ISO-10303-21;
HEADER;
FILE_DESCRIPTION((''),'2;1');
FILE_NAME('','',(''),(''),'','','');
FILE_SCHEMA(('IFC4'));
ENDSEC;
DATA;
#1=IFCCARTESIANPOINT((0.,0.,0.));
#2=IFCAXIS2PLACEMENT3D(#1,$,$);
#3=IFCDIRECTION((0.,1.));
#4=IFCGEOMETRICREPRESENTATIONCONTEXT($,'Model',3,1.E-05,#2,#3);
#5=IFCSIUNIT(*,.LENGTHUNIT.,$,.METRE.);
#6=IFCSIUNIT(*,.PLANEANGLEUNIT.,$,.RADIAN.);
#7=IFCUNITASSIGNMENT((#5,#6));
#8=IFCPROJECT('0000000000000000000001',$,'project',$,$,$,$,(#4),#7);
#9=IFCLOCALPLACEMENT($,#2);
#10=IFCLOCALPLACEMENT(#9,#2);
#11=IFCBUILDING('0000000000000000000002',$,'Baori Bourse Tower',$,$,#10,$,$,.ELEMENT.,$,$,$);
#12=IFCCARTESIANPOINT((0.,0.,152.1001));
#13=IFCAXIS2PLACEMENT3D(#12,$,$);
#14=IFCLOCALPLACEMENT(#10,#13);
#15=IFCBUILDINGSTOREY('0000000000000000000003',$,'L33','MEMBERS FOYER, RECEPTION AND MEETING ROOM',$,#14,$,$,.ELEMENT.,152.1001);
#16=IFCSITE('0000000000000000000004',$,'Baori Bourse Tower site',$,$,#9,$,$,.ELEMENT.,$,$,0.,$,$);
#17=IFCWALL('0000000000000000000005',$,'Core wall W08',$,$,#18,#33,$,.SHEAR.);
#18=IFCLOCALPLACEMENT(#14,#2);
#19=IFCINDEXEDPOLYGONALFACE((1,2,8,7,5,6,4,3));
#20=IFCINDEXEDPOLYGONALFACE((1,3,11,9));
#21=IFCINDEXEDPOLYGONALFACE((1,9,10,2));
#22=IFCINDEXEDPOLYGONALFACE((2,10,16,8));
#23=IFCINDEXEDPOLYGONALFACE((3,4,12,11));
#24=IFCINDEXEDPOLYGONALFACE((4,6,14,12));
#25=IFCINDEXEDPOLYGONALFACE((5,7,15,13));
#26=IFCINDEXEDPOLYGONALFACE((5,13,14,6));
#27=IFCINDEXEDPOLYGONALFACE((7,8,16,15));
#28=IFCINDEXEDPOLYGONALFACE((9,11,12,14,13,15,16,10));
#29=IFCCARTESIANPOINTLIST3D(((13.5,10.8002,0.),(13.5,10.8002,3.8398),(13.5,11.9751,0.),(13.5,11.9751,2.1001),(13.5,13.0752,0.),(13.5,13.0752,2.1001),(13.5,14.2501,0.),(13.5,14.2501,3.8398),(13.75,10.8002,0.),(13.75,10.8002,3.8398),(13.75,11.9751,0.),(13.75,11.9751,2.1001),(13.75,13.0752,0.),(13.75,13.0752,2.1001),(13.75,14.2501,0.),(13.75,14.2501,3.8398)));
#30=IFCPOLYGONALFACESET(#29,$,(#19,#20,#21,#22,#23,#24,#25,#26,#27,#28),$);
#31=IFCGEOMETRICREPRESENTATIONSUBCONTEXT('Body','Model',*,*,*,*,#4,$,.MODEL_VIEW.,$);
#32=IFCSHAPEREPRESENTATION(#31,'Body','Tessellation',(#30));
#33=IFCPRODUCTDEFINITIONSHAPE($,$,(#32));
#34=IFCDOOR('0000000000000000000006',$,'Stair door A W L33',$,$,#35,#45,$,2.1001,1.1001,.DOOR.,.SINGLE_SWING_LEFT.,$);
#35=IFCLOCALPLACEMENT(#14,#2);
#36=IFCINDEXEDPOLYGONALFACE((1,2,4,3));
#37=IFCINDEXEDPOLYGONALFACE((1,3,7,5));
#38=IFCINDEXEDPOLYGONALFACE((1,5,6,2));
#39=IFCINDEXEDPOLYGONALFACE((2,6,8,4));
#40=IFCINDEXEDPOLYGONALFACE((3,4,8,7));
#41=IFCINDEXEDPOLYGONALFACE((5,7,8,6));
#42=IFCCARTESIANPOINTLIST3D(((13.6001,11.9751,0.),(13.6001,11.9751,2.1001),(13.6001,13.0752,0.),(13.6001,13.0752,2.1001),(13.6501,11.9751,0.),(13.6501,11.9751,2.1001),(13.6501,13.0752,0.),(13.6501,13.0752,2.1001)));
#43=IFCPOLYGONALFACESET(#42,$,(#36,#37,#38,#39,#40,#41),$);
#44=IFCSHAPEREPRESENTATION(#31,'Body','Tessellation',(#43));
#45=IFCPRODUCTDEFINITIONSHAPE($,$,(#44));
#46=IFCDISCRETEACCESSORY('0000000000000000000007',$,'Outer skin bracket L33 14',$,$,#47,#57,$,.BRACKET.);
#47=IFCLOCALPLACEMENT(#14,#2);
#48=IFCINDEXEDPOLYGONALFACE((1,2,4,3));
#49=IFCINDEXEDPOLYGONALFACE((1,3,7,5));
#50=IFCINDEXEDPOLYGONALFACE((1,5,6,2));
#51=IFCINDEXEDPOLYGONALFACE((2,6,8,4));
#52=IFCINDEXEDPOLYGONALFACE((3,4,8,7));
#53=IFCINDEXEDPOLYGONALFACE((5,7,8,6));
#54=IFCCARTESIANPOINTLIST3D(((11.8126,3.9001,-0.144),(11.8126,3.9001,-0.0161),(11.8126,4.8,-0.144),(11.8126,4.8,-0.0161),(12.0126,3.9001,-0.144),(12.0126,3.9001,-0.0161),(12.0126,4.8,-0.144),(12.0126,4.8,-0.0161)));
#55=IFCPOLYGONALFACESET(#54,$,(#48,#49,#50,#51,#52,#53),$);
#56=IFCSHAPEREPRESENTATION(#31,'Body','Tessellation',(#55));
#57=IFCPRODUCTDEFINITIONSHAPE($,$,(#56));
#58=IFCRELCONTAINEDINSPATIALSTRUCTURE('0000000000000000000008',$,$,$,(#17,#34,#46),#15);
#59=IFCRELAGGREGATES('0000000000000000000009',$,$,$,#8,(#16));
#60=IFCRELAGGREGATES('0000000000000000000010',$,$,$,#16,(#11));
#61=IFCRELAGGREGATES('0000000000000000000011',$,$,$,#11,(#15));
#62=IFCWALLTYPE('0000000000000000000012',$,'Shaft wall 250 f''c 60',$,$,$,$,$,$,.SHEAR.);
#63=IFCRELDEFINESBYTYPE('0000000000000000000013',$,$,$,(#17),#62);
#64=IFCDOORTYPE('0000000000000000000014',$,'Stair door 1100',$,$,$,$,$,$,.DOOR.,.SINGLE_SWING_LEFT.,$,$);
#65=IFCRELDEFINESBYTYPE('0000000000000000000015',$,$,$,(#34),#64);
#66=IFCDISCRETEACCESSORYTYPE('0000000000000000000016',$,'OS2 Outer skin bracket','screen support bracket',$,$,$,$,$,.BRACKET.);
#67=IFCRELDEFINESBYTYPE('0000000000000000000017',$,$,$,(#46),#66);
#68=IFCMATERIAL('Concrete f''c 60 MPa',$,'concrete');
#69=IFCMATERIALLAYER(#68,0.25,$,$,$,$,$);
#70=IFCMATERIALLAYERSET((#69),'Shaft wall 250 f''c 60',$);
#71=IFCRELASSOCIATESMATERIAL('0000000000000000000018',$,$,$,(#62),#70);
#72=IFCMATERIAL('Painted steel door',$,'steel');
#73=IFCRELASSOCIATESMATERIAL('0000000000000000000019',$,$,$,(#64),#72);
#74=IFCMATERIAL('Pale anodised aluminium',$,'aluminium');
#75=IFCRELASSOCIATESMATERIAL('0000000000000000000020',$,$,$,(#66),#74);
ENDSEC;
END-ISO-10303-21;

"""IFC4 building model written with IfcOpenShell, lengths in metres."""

from ifc_helpers import new_model, si_unit, direction, frame, frame_2d, origin, origin_2d, place, context, subcontext, project, spatial, rectangle, extrude, material, layer, layer_set, type_object, element, fill, save


model = new_model("IFC4")

# Units and contexts
model_context = context("Model", 3, precision=1e-05, world=origin(), true_north=direction((0.0, 1.0)))
body_context = subcontext(model_context, "Body", "Model", "MODEL_VIEW")
ifc_project = project(units=[si_unit("LENGTHUNIT", "METRE"), si_unit("PLANEANGLEUNIT", "RADIAN")], contexts=[model_context])

# Site, building, storey
site_placement = place(None, origin())
site = spatial("IfcSite", under=ifc_project, at=site_placement, Name="Baori Bourse Tower site", CompositionType="ELEMENT", RefElevation=0.0)
building_placement = place(site_placement, origin())
building = spatial("IfcBuilding", under=site, at=building_placement, Name="Baori Bourse Tower", CompositionType="ELEMENT")
storey_placement = place(building_placement, frame((0.0, 0.0, 152.1001)))
storey = spatial("IfcBuildingStorey", under=building, at=storey_placement, Name="L33", Description="MEMBERS FOYER, RECEPTION AND MEETING ROOM", CompositionType="ELEMENT", Elevation=152.1001)

# Wall, opening, door
ifc_material_1 = material(Name="Concrete f'c 60 MPa", Category="concrete")
ifc_layer_1 = layer(ifc_material_1, 0.25)
ifc_layer_set_1 = layer_set([ifc_layer_1], Name="Shaft wall 250 f'c 60")
wall_type_1 = type_object("IfcWallType", Name="Shaft wall 250 f'c 60", PredefinedType="SHEAR", material=ifc_layer_set_1)
wall_1_placement = place(storey_placement, frame((13.625, 10.8, 0.0), z_axis=(0.0, 0.0, 1.0), x_axis=(0.0, 1.0, 0.0)))
wall_1 = element("IfcWall", 1, at=wall_1_placement, inside=storey, type_object=wall_type_1, Name="Core wall W08", PredefinedType="SHEAR", context=body_context, shape_type="SweptSolid", body=[
    extrude(rectangle(XDim=3.45, YDim=0.25, at=frame_2d((1.7251, 0.0))), origin(), (0.0, 0.0, 1.0), 3.8398),
])
opening_1_placement = place(wall_1_placement, frame((1.175, 0.0, 0.0)))
opening_1 = element("IfcOpeningElement", 2, at=opening_1_placement, cuts=wall_1, PredefinedType="OPENING", context=body_context, shape_type="SweptSolid", body=[
    extrude(rectangle(XDim=1.1001, YDim=2.1001, at=frame_2d((0.55, 1.05))), frame((0.0, 0.135, 0.0), z_axis=(0.0, -1.0, 0.0), x_axis=(1.0, 0.0, 0.0)), (0.0, 0.0, 1.0), 0.27),
])
ifc_material_2 = material(Name="Painted steel door", Category="steel")
door_type_1 = type_object("IfcDoorType", Name="Stair door 1100", OperationType="SINGLE_SWING_LEFT", PredefinedType="DOOR", material=ifc_material_2)
door_1_placement = place(opening_1_placement, origin())
door_1 = element("IfcDoor", 3, at=door_1_placement, inside=storey, type_object=door_type_1, Name="Stair door A W L33", OperationType="SINGLE_SWING_LEFT", OverallHeight=2.1001, OverallWidth=1.1001, PredefinedType="DOOR", context=body_context, shape_type="SweptSolid", body=[
    extrude(rectangle(XDim=1.1001, YDim=2.1001, at=frame_2d((0.55, 1.05))), frame((0.0, 0.0249, 0.0), z_axis=(0.0, -1.0, 0.0), x_axis=(1.0, 0.0, 0.0)), (0.0, 0.0, 1.0), 0.05),
])
fill(opening_1, door_1)

# Discrete accessory
ifc_material_3 = material(Name="Pale anodised aluminium", Category="aluminium")
discrete_accessory_type = type_object("IfcDiscreteAccessoryType", Name="OS2 Outer skin bracket", Description="screen support bracket", PredefinedType="BRACKET", material=ifc_material_3)
discrete_accessory_placement = place(storey_placement, frame((11.9126, 4.3501, -0.144), z_axis=(0.0, 0.0, 1.0), x_axis=(1.0, 0.0, 0.0)))
element("IfcDiscreteAccessory", 4, at=discrete_accessory_placement, inside=storey, type_object=discrete_accessory_type, Name="Outer skin bracket L33 14", PredefinedType="BRACKET", context=body_context, shape_type="SweptSolid", body=[
    extrude(rectangle(XDim=0.2, YDim=0.8999, at=origin_2d()), origin(), (0.0, 0.0, 1.0), 0.1279),
])

save(model, "model.ifc")
